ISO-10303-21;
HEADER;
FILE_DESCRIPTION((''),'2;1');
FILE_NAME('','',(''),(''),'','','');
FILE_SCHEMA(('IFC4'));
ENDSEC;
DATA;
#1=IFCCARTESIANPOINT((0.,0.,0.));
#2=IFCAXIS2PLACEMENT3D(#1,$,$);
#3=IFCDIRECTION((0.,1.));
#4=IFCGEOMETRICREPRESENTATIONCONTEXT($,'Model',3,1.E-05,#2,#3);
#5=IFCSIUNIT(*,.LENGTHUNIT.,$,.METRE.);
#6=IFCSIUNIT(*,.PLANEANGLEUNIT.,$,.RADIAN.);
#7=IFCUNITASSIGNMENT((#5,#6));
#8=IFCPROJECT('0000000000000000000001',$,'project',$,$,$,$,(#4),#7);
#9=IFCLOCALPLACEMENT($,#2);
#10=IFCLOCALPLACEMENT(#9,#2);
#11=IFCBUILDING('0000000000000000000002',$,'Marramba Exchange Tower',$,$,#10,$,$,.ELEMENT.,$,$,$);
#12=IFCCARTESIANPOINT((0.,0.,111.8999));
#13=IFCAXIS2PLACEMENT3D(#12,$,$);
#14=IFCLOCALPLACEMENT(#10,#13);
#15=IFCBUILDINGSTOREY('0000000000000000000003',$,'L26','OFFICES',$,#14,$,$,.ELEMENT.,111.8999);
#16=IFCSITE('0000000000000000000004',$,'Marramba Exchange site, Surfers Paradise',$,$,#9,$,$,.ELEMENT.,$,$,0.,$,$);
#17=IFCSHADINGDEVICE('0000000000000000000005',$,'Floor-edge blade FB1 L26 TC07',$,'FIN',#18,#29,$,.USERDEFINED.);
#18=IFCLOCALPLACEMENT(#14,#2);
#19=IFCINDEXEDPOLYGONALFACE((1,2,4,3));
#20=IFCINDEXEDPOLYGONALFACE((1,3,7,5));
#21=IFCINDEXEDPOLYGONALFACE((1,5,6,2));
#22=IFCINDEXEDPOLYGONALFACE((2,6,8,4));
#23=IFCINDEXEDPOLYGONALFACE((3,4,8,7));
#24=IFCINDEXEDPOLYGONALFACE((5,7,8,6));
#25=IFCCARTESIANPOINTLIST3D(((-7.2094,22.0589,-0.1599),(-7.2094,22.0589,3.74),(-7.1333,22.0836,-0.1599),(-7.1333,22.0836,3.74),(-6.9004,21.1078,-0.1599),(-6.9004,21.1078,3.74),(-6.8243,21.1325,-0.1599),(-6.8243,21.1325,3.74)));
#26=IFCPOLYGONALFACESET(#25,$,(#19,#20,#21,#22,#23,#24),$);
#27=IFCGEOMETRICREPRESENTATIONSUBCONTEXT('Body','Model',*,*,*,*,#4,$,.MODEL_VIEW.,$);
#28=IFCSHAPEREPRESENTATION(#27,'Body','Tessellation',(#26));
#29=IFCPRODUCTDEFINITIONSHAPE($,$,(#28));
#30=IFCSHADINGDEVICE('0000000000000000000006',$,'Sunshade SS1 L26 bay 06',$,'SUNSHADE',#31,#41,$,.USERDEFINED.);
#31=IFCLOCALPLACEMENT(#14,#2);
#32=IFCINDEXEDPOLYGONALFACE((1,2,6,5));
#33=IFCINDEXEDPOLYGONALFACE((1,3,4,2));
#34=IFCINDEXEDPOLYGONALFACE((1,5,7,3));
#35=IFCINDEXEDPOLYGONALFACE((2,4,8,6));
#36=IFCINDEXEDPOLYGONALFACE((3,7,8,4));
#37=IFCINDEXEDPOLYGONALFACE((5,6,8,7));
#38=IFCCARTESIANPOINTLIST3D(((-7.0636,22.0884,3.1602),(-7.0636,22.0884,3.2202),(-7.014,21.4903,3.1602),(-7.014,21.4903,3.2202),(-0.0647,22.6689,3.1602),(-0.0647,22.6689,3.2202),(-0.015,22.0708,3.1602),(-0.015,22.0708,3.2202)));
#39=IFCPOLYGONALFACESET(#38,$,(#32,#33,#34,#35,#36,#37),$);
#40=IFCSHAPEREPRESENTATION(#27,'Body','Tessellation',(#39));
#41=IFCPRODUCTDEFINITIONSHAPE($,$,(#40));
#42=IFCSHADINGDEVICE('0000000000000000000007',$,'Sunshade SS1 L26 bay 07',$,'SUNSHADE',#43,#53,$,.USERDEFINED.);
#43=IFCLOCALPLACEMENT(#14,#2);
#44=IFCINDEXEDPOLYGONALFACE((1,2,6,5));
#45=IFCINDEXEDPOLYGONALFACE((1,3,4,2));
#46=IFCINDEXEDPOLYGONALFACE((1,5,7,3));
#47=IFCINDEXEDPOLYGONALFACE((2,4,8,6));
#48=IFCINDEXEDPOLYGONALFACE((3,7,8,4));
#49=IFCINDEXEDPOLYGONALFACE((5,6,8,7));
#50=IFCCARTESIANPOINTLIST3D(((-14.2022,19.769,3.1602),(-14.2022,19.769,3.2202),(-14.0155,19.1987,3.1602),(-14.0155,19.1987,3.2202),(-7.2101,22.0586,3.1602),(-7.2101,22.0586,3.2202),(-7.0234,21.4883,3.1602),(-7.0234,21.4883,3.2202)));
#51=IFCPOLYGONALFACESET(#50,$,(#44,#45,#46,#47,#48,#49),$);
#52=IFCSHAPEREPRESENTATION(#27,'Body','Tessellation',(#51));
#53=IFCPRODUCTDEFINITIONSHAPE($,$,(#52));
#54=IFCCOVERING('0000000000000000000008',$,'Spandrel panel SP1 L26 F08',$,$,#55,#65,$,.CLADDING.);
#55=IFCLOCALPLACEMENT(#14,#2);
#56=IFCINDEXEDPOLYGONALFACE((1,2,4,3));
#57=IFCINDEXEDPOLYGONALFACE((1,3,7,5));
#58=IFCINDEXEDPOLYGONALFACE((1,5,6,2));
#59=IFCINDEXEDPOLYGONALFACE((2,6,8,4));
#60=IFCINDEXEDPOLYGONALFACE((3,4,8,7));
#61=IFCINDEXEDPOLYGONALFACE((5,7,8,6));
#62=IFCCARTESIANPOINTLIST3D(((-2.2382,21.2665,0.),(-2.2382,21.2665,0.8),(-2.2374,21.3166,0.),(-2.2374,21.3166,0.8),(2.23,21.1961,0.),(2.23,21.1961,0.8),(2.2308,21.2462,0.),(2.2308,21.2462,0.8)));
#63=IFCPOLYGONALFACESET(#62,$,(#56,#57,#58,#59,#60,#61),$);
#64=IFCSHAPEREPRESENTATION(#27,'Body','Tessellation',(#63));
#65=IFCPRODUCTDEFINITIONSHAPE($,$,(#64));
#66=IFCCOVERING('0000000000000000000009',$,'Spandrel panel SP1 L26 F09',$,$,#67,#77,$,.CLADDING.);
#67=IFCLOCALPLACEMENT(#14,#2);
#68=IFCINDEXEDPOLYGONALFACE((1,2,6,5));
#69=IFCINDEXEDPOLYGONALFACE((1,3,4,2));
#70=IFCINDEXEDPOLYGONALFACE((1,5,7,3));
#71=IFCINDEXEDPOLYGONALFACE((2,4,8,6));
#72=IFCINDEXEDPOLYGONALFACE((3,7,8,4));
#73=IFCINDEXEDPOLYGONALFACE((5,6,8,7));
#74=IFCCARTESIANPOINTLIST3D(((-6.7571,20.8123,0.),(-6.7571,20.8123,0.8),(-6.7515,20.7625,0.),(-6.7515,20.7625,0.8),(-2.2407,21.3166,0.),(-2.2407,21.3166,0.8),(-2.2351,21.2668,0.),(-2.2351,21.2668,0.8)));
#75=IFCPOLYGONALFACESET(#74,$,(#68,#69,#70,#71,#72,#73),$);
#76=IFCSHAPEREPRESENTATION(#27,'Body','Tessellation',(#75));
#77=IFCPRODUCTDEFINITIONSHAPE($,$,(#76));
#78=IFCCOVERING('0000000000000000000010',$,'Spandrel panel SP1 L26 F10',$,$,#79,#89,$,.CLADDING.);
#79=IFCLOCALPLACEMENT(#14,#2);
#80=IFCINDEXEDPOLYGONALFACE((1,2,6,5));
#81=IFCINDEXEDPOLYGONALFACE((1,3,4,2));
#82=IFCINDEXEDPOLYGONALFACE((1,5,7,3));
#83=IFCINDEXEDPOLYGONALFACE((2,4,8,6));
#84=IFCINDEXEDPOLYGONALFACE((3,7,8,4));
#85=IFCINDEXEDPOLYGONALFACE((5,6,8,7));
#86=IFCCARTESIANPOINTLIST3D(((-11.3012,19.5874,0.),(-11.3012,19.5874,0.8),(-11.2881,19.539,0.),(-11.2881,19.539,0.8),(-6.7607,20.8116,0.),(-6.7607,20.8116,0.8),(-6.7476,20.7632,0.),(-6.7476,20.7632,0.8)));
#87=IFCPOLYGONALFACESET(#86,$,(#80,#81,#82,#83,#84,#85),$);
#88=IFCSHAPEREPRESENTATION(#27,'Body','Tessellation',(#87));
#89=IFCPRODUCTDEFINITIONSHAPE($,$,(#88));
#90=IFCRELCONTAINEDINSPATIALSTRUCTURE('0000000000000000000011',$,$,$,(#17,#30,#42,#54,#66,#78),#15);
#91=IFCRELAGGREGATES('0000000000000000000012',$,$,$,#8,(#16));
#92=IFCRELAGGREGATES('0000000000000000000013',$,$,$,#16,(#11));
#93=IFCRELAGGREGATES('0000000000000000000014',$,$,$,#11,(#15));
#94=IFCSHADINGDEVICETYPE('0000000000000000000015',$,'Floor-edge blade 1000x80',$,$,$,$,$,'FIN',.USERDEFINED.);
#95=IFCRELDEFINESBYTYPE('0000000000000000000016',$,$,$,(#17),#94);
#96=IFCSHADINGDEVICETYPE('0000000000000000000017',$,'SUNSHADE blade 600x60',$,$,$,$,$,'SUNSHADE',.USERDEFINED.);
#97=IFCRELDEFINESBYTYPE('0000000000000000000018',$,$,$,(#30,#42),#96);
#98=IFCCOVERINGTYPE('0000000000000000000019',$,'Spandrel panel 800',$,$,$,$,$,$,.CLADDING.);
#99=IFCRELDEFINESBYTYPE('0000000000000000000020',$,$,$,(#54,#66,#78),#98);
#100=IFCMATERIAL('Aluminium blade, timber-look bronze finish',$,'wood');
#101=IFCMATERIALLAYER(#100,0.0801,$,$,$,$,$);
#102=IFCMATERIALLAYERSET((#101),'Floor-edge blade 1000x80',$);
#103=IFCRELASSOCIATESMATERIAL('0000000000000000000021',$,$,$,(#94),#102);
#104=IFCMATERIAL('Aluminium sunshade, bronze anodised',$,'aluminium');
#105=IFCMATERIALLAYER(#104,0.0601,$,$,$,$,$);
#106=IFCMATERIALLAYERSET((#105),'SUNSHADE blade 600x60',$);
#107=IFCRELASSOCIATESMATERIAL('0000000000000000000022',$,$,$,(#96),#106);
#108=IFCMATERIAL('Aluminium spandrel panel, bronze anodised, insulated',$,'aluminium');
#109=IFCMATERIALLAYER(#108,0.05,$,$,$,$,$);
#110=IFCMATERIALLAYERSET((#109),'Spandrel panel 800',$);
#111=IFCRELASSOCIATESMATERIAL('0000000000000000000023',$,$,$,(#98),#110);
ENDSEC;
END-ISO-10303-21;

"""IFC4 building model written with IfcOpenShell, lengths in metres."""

from ifc_helpers import new_model, si_unit, direction, frame, origin, origin_2d, place, context, subcontext, project, spatial, rectangle, extrude, material, layer, layer_set, type_object, element, save


model = new_model("IFC4")

# Units and contexts
model_context = context("Model", 3, precision=1e-05, world=origin(), true_north=direction((0.0, 1.0)))
body_context = subcontext(model_context, "Body", "Model", "MODEL_VIEW")
ifc_project = project(units=[si_unit("LENGTHUNIT", "METRE"), si_unit("PLANEANGLEUNIT", "RADIAN")], contexts=[model_context])

# Site, building, storey
site_placement = place(None, origin())
site = spatial("IfcSite", under=ifc_project, at=site_placement, Name="Marramba Exchange site, Surfers Paradise", CompositionType="ELEMENT", RefElevation=0.0)
building_placement = place(site_placement, origin())
building = spatial("IfcBuilding", under=site, at=building_placement, Name="Marramba Exchange Tower", CompositionType="ELEMENT")
storey_placement = place(building_placement, frame((0.0, 0.0, 111.8999)))
storey = spatial("IfcBuildingStorey", under=building, at=storey_placement, Name="L26", Description="OFFICES", CompositionType="ELEMENT", Elevation=111.8999)

# Shading devices
ifc_material_1 = material(Name="Aluminium blade, timber-look bronze finish", Category="wood")
ifc_layer_1 = layer(ifc_material_1, 0.0801)
ifc_layer_set_1 = layer_set([ifc_layer_1], Name="Floor-edge blade 1000x80")
shading_device_type_1 = type_object("IfcShadingDeviceType", Name="Floor-edge blade 1000x80", ElementType="FIN", PredefinedType="USERDEFINED", material=ifc_layer_set_1)
shading_device_1_placement = place(storey_placement, frame((-7.0168, 21.5957, -0.1599), z_axis=(0.0, 0.0, 1.0), x_axis=(-0.309017, 0.951057, 0.0)))
element("IfcShadingDevice", 1, at=shading_device_1_placement, inside=storey, type_object=shading_device_type_1, Name="Floor-edge blade FB1 L26 TC07", ObjectType="FIN", PredefinedType="USERDEFINED", context=body_context, shape_type="SweptSolid", body=[
    extrude(rectangle(XDim=1.0, YDim=0.0801, at=origin_2d()), origin(), (0.0, 0.0, 1.0), 3.8999),
])
ifc_material_2 = material(Name="Aluminium sunshade, bronze anodised", Category="aluminium")
ifc_layer_2 = layer(ifc_material_2, 0.0601)
ifc_layer_set_2 = layer_set([ifc_layer_2], Name="SUNSHADE blade 600x60")
shading_device_type_2 = type_object("IfcShadingDeviceType", Name="SUNSHADE blade 600x60", ElementType="SUNSHADE", PredefinedType="USERDEFINED", material=ifc_layer_set_2)
shading_device_2_placement = place(storey_placement, frame((-3.5393, 22.0796, 3.1602), z_axis=(0.0, 0.0, 1.0), x_axis=(-0.996578, -0.08266, 0.0)))
element("IfcShadingDevice", 2, at=shading_device_2_placement, inside=storey, type_object=shading_device_type_2, Name="Sunshade SS1 L26 bay 06", ObjectType="SUNSHADE", PredefinedType="USERDEFINED", context=body_context, shape_type="SweptSolid", body=[
    extrude(rectangle(XDim=7.0229, YDim=0.6001, at=origin_2d()), origin(), (0.0, 0.0, 1.0), 0.0601),
])
shading_device_3_placement = place(storey_placement, frame((-10.6128, 20.6287, 3.1602), z_axis=(0.0, 0.0, 1.0), x_axis=(-0.950346, -0.311196, 0.0)))
element("IfcShadingDevice", 3, at=shading_device_3_placement, inside=storey, type_object=shading_device_type_2, Name="Sunshade SS1 L26 bay 07", ObjectType="SUNSHADE", PredefinedType="USERDEFINED", context=body_context, shape_type="SweptSolid", body=[
    extrude(rectangle(XDim=7.3574, YDim=0.6001, at=origin_2d()), origin(), (0.0, 0.0, 1.0), 0.0601),
])

# Coverings
ifc_material_3 = material(Name="Aluminium spandrel panel, bronze anodised, insulated", Category="aluminium")
ifc_layer_3 = layer(ifc_material_3, 0.05)
ifc_layer_set_3 = layer_set([ifc_layer_3], Name="Spandrel panel 800")
covering_type = type_object("IfcCoveringType", Name="Spandrel panel 800", PredefinedType="CLADDING", material=ifc_layer_set_3)
covering_1_placement = place(storey_placement, frame((-0.0037, 21.2563, 0.0), z_axis=(0.0, 0.0, 1.0), x_axis=(-0.999876, 0.015756, 0.0)))
element("IfcCovering", 4, at=covering_1_placement, inside=storey, type_object=covering_type, Name="Spandrel panel SP1 L26 F08", PredefinedType="CLADDING", context=body_context, shape_type="SweptSolid", body=[
    extrude(rectangle(XDim=4.4688, YDim=0.05, at=origin_2d()), origin(), (0.0, 0.0, 1.0), 0.8),
])
covering_2_placement = place(storey_placement, frame((-4.4961, 21.0396, 0.0), z_axis=(0.0, 0.0, 1.0), x_axis=(-0.993823, -0.110973, 0.0)))
element("IfcCovering", 5, at=covering_2_placement, inside=storey, type_object=covering_type, Name="Spandrel panel SP1 L26 F09", PredefinedType="CLADDING", context=body_context, shape_type="SweptSolid", body=[
    extrude(rectangle(XDim=4.5444, YDim=0.05, at=origin_2d()), origin(), (0.0, 0.0, 1.0), 0.8),
])
covering_3_placement = place(storey_placement, frame((-9.0244, 20.1753, 0.0), z_axis=(0.0, 0.0, 1.0), x_axis=(-0.965522, -0.260321, 0.0)))
element("IfcCovering", 6, at=covering_3_placement, inside=storey, type_object=covering_type, Name="Spandrel panel SP1 L26 F10", PredefinedType="CLADDING", context=body_context, shape_type="SweptSolid", body=[
    extrude(rectangle(XDim=4.7026, YDim=0.05, at=origin_2d()), origin(), (0.0, 0.0, 1.0), 0.8),
])

save(model, "model.ifc")
